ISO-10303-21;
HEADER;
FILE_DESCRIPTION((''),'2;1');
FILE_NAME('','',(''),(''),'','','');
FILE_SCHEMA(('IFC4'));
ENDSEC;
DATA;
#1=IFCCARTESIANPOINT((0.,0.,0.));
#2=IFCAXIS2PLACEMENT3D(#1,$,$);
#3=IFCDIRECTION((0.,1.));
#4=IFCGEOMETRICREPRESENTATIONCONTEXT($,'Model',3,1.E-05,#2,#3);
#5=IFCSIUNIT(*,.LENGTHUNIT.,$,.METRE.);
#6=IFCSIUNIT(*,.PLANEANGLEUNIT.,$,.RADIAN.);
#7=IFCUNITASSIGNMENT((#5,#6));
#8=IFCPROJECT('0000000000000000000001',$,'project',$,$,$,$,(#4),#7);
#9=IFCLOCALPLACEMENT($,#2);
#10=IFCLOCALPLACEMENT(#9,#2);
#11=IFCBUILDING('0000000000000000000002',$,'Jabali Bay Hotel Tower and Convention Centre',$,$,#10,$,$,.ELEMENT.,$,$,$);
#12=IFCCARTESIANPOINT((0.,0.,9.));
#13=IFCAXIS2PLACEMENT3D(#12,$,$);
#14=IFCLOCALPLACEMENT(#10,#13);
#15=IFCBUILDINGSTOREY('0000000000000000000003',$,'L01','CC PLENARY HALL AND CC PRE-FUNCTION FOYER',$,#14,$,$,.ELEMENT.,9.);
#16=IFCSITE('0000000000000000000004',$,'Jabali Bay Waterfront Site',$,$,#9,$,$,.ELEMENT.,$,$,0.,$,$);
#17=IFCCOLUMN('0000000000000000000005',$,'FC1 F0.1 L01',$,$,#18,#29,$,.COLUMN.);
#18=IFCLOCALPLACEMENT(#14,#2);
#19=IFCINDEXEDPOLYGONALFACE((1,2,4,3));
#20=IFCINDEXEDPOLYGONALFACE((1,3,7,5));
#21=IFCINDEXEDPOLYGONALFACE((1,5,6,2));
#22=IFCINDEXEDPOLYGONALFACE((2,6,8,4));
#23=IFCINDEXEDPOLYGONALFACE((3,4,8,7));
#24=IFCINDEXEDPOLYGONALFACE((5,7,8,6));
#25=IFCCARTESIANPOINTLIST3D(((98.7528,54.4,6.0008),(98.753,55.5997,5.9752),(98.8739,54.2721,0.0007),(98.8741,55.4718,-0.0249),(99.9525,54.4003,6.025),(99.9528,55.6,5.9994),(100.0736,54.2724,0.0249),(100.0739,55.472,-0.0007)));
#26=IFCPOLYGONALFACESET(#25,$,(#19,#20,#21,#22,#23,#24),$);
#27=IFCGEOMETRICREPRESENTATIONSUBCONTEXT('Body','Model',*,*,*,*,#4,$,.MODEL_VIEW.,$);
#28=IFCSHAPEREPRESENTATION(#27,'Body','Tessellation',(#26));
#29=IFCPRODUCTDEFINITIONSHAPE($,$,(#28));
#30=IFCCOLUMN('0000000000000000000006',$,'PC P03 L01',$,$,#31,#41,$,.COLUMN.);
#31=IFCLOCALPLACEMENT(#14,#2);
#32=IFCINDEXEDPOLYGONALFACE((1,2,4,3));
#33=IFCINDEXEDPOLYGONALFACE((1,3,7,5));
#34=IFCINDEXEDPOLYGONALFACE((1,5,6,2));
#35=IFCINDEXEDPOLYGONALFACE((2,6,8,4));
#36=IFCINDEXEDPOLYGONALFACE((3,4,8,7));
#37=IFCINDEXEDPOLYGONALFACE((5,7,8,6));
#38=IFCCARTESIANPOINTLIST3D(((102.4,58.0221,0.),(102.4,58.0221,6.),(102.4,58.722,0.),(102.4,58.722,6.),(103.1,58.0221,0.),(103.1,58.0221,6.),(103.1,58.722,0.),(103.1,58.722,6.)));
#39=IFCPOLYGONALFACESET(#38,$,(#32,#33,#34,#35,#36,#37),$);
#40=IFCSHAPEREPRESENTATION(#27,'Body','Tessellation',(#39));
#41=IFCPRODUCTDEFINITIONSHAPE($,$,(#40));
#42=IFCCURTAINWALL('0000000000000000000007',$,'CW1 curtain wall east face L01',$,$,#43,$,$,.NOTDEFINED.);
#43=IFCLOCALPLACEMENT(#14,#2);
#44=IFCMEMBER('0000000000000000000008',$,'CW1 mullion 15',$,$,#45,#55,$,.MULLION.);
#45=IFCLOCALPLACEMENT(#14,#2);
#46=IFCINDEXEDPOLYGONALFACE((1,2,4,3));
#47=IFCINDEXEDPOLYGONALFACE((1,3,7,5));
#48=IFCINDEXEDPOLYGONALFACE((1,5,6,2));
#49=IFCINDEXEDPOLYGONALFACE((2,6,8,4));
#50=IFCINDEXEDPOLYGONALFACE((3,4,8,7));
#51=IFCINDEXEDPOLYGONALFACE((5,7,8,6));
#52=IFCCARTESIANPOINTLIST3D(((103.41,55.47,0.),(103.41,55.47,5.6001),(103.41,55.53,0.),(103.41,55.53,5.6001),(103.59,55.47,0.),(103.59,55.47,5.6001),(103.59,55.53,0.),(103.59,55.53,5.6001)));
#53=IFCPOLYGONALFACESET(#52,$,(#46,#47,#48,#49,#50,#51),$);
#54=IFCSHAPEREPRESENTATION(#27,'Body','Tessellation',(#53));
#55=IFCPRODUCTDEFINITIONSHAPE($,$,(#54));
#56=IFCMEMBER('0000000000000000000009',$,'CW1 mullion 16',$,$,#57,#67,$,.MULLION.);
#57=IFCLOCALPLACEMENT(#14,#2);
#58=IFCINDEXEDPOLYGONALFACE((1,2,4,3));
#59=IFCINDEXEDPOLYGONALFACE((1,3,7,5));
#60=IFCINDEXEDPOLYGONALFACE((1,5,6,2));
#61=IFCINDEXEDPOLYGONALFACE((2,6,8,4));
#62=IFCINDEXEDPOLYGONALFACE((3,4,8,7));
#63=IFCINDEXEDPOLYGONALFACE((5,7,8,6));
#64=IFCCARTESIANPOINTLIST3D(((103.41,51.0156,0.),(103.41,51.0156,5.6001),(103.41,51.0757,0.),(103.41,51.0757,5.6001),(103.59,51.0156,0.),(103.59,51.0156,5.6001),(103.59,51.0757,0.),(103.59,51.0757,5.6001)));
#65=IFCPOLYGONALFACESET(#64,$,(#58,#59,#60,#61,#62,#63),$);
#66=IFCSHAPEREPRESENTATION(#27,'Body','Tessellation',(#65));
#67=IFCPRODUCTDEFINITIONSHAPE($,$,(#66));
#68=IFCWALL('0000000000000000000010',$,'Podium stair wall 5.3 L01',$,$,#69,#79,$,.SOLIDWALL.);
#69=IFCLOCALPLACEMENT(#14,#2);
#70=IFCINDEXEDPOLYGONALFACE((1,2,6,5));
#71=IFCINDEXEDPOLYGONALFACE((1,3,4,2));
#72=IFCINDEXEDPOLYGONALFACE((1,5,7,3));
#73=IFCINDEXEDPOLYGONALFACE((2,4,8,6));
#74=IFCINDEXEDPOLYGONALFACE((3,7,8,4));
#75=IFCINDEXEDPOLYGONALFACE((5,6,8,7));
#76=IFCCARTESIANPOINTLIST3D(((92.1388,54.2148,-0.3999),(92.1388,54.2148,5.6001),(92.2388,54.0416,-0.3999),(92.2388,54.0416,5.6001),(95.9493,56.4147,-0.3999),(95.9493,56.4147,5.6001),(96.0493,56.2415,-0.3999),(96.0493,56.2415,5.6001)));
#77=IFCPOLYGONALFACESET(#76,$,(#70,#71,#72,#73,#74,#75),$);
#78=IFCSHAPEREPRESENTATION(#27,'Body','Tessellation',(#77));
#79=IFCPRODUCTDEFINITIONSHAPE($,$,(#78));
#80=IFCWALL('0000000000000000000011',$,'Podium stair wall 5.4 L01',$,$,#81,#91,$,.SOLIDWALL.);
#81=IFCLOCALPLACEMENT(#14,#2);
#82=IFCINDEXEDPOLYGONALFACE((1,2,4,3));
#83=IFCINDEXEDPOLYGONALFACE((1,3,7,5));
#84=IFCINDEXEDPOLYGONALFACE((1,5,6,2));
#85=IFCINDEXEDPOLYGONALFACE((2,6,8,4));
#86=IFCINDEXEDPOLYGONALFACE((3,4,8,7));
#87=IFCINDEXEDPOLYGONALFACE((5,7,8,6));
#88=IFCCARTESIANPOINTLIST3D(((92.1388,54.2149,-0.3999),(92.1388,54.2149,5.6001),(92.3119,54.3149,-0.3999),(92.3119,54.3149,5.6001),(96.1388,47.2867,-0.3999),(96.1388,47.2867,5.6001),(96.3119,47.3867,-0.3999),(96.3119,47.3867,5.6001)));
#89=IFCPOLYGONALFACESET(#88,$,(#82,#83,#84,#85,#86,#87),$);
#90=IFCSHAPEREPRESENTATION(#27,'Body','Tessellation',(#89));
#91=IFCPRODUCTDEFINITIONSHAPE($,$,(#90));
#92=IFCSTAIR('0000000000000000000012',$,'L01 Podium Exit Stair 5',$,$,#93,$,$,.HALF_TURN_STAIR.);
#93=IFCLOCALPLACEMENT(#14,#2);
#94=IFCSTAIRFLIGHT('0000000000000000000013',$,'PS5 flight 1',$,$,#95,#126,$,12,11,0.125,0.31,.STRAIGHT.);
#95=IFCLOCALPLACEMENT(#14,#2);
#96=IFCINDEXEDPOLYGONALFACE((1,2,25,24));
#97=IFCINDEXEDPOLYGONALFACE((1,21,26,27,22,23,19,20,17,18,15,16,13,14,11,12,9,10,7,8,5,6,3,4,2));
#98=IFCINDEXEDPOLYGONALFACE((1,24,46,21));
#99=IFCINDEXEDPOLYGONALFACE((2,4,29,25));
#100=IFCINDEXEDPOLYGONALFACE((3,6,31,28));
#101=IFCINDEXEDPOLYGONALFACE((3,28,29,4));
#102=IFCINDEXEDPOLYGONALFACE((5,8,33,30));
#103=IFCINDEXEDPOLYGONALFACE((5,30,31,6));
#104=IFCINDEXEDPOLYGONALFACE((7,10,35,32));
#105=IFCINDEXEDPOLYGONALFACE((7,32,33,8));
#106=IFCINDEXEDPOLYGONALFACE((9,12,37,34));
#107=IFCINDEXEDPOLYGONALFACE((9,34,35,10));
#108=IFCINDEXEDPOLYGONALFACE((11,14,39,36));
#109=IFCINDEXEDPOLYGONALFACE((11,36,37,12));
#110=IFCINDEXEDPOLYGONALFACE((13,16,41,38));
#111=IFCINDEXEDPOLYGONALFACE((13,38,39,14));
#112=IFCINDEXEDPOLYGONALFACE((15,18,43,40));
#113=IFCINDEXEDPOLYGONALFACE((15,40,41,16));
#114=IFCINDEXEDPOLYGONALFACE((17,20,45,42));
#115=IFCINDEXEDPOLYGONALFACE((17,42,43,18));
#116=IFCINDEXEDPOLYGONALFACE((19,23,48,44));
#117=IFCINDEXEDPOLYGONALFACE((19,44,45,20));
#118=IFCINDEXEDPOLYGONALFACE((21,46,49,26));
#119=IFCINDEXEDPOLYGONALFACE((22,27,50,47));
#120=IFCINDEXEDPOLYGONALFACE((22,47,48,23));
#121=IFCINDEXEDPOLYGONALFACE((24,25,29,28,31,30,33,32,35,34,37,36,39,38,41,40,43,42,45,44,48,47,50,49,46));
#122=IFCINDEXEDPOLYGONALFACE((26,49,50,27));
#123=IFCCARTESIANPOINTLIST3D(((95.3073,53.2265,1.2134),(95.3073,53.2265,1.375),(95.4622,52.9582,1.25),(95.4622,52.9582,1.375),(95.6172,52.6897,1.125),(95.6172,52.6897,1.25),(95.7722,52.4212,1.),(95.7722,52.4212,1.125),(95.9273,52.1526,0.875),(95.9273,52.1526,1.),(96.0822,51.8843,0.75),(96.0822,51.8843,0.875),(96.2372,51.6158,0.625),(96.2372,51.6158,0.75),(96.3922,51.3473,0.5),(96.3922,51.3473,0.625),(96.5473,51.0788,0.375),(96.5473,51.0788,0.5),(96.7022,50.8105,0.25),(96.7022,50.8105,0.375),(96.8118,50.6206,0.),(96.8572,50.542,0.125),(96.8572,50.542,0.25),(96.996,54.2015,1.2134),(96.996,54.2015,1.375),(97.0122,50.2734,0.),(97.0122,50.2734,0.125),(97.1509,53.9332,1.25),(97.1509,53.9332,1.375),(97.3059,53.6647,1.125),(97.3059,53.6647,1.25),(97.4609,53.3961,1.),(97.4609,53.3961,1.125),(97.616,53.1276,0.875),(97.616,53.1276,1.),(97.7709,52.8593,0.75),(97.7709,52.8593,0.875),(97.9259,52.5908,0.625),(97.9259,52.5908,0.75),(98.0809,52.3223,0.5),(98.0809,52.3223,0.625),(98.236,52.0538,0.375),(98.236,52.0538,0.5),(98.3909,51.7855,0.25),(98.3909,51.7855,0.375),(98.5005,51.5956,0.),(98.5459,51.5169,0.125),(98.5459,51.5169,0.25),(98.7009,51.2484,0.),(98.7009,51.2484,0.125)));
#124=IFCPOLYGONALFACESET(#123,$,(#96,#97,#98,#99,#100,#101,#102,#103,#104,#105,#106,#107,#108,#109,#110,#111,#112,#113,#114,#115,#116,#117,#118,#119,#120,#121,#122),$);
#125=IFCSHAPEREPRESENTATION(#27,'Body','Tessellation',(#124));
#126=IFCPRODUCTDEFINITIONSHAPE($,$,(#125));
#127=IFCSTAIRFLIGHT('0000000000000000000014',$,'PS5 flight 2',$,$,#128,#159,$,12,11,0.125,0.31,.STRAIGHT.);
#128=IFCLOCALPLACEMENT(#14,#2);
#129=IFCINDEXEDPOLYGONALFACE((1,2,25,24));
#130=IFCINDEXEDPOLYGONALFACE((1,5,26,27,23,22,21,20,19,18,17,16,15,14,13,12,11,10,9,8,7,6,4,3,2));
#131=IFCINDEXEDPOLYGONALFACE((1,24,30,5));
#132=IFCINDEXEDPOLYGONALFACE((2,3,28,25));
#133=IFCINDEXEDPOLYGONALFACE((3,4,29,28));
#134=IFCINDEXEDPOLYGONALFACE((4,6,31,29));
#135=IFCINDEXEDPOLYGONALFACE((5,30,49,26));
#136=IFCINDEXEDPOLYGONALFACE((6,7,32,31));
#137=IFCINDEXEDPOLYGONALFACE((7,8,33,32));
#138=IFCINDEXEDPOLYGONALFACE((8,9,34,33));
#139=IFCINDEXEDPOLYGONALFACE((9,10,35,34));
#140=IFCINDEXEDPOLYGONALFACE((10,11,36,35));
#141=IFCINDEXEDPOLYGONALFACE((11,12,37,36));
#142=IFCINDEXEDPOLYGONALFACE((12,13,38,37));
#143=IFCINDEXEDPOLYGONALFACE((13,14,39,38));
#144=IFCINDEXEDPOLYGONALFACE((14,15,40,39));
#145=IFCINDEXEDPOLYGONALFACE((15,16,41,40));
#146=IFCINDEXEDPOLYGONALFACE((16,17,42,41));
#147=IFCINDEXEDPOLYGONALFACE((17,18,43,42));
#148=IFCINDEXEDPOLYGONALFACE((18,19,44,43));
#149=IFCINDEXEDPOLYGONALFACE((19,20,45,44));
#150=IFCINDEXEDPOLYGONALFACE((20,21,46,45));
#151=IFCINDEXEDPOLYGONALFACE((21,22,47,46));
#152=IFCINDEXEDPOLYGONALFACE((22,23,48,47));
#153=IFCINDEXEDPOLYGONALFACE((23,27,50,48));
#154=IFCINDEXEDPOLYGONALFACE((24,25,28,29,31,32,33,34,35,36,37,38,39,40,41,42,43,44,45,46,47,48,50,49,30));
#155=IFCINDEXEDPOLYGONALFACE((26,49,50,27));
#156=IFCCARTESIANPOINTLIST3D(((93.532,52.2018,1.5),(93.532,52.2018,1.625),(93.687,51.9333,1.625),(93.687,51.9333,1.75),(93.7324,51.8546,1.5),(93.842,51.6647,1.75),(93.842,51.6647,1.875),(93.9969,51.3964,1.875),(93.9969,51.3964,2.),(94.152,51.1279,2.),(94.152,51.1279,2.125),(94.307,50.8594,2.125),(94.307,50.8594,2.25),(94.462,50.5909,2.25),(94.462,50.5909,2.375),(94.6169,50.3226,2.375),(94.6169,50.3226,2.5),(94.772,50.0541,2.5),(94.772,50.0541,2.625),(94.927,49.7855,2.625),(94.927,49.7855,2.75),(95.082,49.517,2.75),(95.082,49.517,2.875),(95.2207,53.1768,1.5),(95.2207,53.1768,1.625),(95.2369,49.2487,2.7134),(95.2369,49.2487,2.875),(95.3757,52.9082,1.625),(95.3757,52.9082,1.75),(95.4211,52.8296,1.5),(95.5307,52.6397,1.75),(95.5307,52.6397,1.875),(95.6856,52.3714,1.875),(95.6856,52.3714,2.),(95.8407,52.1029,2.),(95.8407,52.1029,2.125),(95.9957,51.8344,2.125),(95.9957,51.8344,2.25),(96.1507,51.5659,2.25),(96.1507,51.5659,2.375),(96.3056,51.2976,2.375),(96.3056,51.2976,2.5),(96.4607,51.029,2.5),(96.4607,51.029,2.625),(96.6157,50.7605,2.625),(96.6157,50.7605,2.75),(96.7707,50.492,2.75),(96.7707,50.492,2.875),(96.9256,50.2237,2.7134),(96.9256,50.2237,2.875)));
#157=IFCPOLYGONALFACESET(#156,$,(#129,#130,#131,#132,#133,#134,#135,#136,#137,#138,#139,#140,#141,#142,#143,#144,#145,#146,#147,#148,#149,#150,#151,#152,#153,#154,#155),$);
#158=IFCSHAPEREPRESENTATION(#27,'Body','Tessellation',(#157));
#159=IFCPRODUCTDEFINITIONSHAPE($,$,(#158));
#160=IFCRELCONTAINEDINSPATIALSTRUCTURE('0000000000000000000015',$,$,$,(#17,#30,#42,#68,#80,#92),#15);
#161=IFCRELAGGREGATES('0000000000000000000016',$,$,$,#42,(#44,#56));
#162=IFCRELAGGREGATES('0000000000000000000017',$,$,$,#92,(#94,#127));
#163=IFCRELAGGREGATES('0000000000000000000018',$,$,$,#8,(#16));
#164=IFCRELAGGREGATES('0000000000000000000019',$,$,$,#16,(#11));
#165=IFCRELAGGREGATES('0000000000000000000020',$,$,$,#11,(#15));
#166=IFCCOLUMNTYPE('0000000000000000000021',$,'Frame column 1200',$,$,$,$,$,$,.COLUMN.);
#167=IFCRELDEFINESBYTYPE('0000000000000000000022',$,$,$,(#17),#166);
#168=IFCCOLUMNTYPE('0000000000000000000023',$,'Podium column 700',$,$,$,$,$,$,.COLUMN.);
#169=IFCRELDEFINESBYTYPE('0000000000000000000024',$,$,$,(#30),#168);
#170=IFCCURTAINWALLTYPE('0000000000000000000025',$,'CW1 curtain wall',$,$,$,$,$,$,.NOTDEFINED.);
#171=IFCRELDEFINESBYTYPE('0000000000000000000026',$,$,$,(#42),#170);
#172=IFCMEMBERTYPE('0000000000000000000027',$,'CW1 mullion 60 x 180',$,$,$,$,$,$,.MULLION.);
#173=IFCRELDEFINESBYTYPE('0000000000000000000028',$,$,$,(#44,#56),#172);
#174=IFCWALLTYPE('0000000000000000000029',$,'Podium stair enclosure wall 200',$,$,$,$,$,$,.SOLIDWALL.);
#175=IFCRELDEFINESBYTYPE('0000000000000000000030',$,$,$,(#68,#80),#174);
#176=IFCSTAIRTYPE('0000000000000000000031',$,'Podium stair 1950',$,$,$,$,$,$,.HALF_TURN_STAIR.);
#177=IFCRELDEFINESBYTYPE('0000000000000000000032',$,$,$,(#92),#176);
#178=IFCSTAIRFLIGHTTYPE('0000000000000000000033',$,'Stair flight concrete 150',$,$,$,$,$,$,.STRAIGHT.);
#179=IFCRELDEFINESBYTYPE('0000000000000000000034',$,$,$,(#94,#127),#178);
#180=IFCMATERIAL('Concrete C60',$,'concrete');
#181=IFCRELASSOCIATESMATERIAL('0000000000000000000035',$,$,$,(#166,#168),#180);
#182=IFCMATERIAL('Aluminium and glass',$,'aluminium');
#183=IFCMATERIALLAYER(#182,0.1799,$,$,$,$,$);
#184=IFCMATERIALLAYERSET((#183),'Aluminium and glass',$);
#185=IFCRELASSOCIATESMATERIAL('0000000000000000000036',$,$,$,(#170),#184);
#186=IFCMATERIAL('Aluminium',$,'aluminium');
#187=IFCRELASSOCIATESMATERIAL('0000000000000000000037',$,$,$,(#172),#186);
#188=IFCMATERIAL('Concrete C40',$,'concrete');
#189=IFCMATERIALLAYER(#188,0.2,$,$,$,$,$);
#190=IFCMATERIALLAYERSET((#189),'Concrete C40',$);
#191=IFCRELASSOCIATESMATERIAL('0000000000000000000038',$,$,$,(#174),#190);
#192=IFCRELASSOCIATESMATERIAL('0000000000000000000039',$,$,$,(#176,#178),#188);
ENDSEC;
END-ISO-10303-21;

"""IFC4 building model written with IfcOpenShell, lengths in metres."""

from ifc_helpers import new_model, si_unit, direction, frame, frame_2d, origin, origin_2d, place, context, subcontext, project, spatial, polyline, rectangle, outline, extrude, material, layer, layer_set, material_profile, profile_set, type_object, element, aggregate, save


model = new_model("IFC4")

# Units and contexts
model_context = context("Model", 3, precision=1e-05, world=origin(), true_north=direction((0.0, 1.0)))
body_context = subcontext(model_context, "Body", "Model", "MODEL_VIEW")
ifc_project = project(units=[si_unit("LENGTHUNIT", "METRE"), si_unit("PLANEANGLEUNIT", "RADIAN")], contexts=[model_context])

# Site, building, storey
site_placement = place(None, origin())
site = spatial("IfcSite", under=ifc_project, at=site_placement, Name="Jabali Bay Waterfront Site", CompositionType="ELEMENT", RefElevation=0.0)
building_placement = place(site_placement, origin())
building = spatial("IfcBuilding", under=site, at=building_placement, Name="Jabali Bay Hotel Tower and Convention Centre", CompositionType="ELEMENT")
storey_placement = place(building_placement, frame((0.0, 0.0, 9.0)))
storey = spatial("IfcBuildingStorey", under=building, at=storey_placement, Name="L01", Description="CC PLENARY HALL AND CC PRE-FUNCTION FOYER", CompositionType="ELEMENT", Elevation=9.0)

# Columns
ifc_material_1 = material(Name="Concrete C60", Category="concrete")
ifc_material_profile_1 = material_profile(ifc_material_1, rectangle(XDim=1.2, YDim=1.2, at=origin_2d()), Name="Frame column 1200")
ifc_profile_set_1 = profile_set([ifc_material_profile_1], Name="Concrete C60")
column_type_1 = type_object("IfcColumnType", Name="Frame column 1200", PredefinedType="COLUMN", material=ifc_profile_set_1)
column_1_placement = place(storey_placement, frame((99.4739, 54.8721, 0.0), z_axis=(-0.020174, 0.021312, 0.999569), x_axis=(-0.0002, -0.999773, 0.021313)))
element("IfcColumn", 1, at=column_1_placement, inside=storey, type_object=column_type_1, Name="FC1 F0.1 L01", PredefinedType="COLUMN", context=body_context, shape_type="SweptSolid", body=[
    extrude(rectangle(XDim=1.2, YDim=1.2, at=origin_2d()), origin(), (0.0, 0.0, 1.0), 6.0027),
])
ifc_material_profile_2 = material_profile(ifc_material_1, rectangle(XDim=0.7, YDim=0.7, at=origin_2d()), Name="Podium column 700")
ifc_profile_set_2 = profile_set([ifc_material_profile_2], Name="Concrete C60")
column_type_2 = type_object("IfcColumnType", Name="Podium column 700", PredefinedType="COLUMN", material=ifc_profile_set_2)
column_2_placement = place(storey_placement, frame((102.75, 58.3721, 0.0), z_axis=(0.0, 0.0, 1.0), x_axis=(1.0, 0.0, 0.0)))
element("IfcColumn", 2, at=column_2_placement, inside=storey, type_object=column_type_2, Name="PC P03 L01", PredefinedType="COLUMN", context=body_context, shape_type="SweptSolid", body=[
    extrude(rectangle(XDim=0.7, YDim=0.7, at=origin_2d()), origin(), (0.0, 0.0, 1.0), 6.0),
])

# Curtain wall, members
ifc_material_2 = material(Name="Aluminium and glass", Category="aluminium")
ifc_layer_1 = layer(ifc_material_2, 0.1799)
ifc_layer_set_1 = layer_set([ifc_layer_1], Name="Aluminium and glass")
curtain_wall_type = type_object("IfcCurtainWallType", Name="CW1 curtain wall", PredefinedType="NOTDEFINED", material=ifc_layer_set_1)
curtain_wall_placement = place(storey_placement, origin())
curtain_wall = element("IfcCurtainWall", 3, at=curtain_wall_placement, inside=storey, type_object=curtain_wall_type, Name="CW1 curtain wall east face L01", PredefinedType="NOTDEFINED")
ifc_material_3 = material(Name="Aluminium", Category="aluminium")
ifc_material_profile_3 = material_profile(ifc_material_3, rectangle(XDim=0.1799, YDim=0.0601, at=origin_2d()), Name="CW1 mullion 60 x 180")
ifc_profile_set_3 = profile_set([ifc_material_profile_3], Name="Aluminium")
member_type = type_object("IfcMemberType", Name="CW1 mullion 60 x 180", PredefinedType="MULLION", material=ifc_profile_set_3)
member_1_placement = place(storey_placement, frame((103.5, 55.5, 0.0), z_axis=(0.0, 0.0, 1.0), x_axis=(1.0, 0.0, 0.0)))
member_1 = element("IfcMember", 4, at=member_1_placement, type_object=member_type, Name="CW1 mullion 15", PredefinedType="MULLION", context=body_context, shape_type="SweptSolid", body=[
    extrude(rectangle(XDim=0.1799, YDim=0.0601, at=origin_2d()), origin(), (0.0, 0.0, 1.0), 5.6001),
])
member_2_placement = place(storey_placement, frame((103.5, 51.0457, 0.0), z_axis=(0.0, 0.0, 1.0), x_axis=(1.0, 0.0, 0.0)))
member_2 = element("IfcMember", 5, at=member_2_placement, type_object=member_type, Name="CW1 mullion 16", PredefinedType="MULLION", context=body_context, shape_type="SweptSolid", body=[
    extrude(rectangle(XDim=0.1799, YDim=0.0601, at=origin_2d()), origin(), (0.0, 0.0, 1.0), 5.6001),
])
aggregate(curtain_wall, [member_1, member_2])

# Walls
ifc_material_4 = material(Name="Concrete C40", Category="concrete")
ifc_layer_2 = layer(ifc_material_4, 0.2)
ifc_layer_set_2 = layer_set([ifc_layer_2], Name="Concrete C40")
wall_type = type_object("IfcWallType", Name="Podium stair enclosure wall 200", PredefinedType="SOLIDWALL", material=ifc_layer_set_2)
wall_1_placement = place(storey_placement, frame((95.9993, 56.3281, -0.3999), z_axis=(0.0, 0.0, 1.0), x_axis=(-0.866032, -0.499988, 0.0)))
element("IfcWall", 6, at=wall_1_placement, inside=storey, type_object=wall_type, Name="Podium stair wall 5.3 L01", PredefinedType="SOLIDWALL", context=body_context, shape_type="SweptSolid", body=[
    extrude(rectangle(XDim=4.3999, YDim=0.2, at=frame_2d((2.2, 0.0))), origin(), (0.0, 0.0, 1.0), 6.0),
])
wall_2_placement = place(storey_placement, frame((92.2253, 54.2649, -0.3999), z_axis=(0.0, 0.0, 1.0), x_axis=(0.499999, -0.866026, 0.0)))
element("IfcWall", 7, at=wall_2_placement, inside=storey, type_object=wall_type, Name="Podium stair wall 5.4 L01", PredefinedType="SOLIDWALL", context=body_context, shape_type="SweptSolid", body=[
    extrude(rectangle(XDim=8.0, YDim=0.2, at=frame_2d((4.0, 0.0))), origin(), (0.0, 0.0, 1.0), 6.0),
])

# Stair, stair flights
stair_type = type_object("IfcStairType", Name="Podium stair 1950", PredefinedType="HALF_TURN_STAIR", material=ifc_material_4)
stair_placement = place(storey_placement, origin())
stair = element("IfcStair", 8, at=stair_placement, inside=storey, type_object=stair_type, Name="L01 Podium Exit Stair 5", PredefinedType="HALF_TURN_STAIR")
stair_flight_type = type_object("IfcStairFlightType", Name="Stair flight concrete 150", PredefinedType="STRAIGHT", material=ifc_material_4)
stair_flight_1_placement = place(storey_placement, frame((97.8567, 50.761, 0.0), z_axis=(0.0, 0.0, 1.0), x_axis=(-0.5, 0.866025, 0.0)))
stair_flight_1 = element("IfcStairFlight", 9, at=stair_flight_1_placement, type_object=stair_flight_type, Name="PS5 flight 1", NumberOfRisers=12, NumberOfTreads=11, PredefinedType="STRAIGHT", RiserHeight=0.125, TreadLength=0.31, context=body_context, shape_type="SweptSolid", body=[
    extrude(outline(polyline([(0.0, 0.0), (0.0, 0.125), (0.3101, 0.125), (0.3101, 0.25), (0.6201, 0.25), (0.6201, 0.375), (0.9299, 0.375), (0.9299, 0.5), (1.24, 0.5), (1.24, 0.625), (1.55, 0.625), (1.55, 0.75), (1.8601, 0.75), (1.8601, 0.875), (2.1699, 0.875), (2.1699, 1.0), (2.48, 1.0), (2.48, 1.125), (2.79, 1.125), (2.79, 1.25), (3.1001, 1.25), (3.1001, 1.375), (3.4099, 1.375), (3.4099, 1.5), (3.4099, 1.2134), (0.4009, 0.0), (0.0, 0.0)])), frame((0.0, 0.9751, 0.0), z_axis=(0.0, -1.0, 0.0), x_axis=(1.0, 0.0, 0.0)), (0.0, 0.0, 1.0), 1.95),
])
stair_flight_2_placement = place(storey_placement, frame((94.3762, 52.6892, 1.5), z_axis=(0.0, 0.0, 1.0), x_axis=(0.5, -0.866025, 0.0)))
stair_flight_2 = element("IfcStairFlight", 10, at=stair_flight_2_placement, type_object=stair_flight_type, Name="PS5 flight 2", NumberOfRisers=12, NumberOfTreads=11, PredefinedType="STRAIGHT", RiserHeight=0.125, TreadLength=0.31, context=body_context, shape_type="SweptSolid", body=[
    extrude(outline(polyline([(0.0, 0.0), (0.0, 0.125), (0.3101, 0.125), (0.3101, 0.25), (0.6201, 0.25), (0.6201, 0.375), (0.9299, 0.375), (0.9299, 0.5), (1.24, 0.5), (1.24, 0.625), (1.55, 0.625), (1.55, 0.75), (1.8601, 0.75), (1.8601, 0.875), (2.1699, 0.875), (2.1699, 1.0), (2.48, 1.0), (2.48, 1.125), (2.79, 1.125), (2.79, 1.25), (3.1001, 1.25), (3.1001, 1.375), (3.4099, 1.375), (3.4099, 1.5), (3.4099, 1.2134), (0.4009, 0.0), (0.0, 0.0)])), frame((0.0, 0.9751, 0.0), z_axis=(0.0, -1.0, 0.0), x_axis=(1.0, 0.0, 0.0)), (0.0, 0.0, 1.0), 1.95),
])
aggregate(stair, [stair_flight_1, stair_flight_2])

save(model, "model.ifc")
